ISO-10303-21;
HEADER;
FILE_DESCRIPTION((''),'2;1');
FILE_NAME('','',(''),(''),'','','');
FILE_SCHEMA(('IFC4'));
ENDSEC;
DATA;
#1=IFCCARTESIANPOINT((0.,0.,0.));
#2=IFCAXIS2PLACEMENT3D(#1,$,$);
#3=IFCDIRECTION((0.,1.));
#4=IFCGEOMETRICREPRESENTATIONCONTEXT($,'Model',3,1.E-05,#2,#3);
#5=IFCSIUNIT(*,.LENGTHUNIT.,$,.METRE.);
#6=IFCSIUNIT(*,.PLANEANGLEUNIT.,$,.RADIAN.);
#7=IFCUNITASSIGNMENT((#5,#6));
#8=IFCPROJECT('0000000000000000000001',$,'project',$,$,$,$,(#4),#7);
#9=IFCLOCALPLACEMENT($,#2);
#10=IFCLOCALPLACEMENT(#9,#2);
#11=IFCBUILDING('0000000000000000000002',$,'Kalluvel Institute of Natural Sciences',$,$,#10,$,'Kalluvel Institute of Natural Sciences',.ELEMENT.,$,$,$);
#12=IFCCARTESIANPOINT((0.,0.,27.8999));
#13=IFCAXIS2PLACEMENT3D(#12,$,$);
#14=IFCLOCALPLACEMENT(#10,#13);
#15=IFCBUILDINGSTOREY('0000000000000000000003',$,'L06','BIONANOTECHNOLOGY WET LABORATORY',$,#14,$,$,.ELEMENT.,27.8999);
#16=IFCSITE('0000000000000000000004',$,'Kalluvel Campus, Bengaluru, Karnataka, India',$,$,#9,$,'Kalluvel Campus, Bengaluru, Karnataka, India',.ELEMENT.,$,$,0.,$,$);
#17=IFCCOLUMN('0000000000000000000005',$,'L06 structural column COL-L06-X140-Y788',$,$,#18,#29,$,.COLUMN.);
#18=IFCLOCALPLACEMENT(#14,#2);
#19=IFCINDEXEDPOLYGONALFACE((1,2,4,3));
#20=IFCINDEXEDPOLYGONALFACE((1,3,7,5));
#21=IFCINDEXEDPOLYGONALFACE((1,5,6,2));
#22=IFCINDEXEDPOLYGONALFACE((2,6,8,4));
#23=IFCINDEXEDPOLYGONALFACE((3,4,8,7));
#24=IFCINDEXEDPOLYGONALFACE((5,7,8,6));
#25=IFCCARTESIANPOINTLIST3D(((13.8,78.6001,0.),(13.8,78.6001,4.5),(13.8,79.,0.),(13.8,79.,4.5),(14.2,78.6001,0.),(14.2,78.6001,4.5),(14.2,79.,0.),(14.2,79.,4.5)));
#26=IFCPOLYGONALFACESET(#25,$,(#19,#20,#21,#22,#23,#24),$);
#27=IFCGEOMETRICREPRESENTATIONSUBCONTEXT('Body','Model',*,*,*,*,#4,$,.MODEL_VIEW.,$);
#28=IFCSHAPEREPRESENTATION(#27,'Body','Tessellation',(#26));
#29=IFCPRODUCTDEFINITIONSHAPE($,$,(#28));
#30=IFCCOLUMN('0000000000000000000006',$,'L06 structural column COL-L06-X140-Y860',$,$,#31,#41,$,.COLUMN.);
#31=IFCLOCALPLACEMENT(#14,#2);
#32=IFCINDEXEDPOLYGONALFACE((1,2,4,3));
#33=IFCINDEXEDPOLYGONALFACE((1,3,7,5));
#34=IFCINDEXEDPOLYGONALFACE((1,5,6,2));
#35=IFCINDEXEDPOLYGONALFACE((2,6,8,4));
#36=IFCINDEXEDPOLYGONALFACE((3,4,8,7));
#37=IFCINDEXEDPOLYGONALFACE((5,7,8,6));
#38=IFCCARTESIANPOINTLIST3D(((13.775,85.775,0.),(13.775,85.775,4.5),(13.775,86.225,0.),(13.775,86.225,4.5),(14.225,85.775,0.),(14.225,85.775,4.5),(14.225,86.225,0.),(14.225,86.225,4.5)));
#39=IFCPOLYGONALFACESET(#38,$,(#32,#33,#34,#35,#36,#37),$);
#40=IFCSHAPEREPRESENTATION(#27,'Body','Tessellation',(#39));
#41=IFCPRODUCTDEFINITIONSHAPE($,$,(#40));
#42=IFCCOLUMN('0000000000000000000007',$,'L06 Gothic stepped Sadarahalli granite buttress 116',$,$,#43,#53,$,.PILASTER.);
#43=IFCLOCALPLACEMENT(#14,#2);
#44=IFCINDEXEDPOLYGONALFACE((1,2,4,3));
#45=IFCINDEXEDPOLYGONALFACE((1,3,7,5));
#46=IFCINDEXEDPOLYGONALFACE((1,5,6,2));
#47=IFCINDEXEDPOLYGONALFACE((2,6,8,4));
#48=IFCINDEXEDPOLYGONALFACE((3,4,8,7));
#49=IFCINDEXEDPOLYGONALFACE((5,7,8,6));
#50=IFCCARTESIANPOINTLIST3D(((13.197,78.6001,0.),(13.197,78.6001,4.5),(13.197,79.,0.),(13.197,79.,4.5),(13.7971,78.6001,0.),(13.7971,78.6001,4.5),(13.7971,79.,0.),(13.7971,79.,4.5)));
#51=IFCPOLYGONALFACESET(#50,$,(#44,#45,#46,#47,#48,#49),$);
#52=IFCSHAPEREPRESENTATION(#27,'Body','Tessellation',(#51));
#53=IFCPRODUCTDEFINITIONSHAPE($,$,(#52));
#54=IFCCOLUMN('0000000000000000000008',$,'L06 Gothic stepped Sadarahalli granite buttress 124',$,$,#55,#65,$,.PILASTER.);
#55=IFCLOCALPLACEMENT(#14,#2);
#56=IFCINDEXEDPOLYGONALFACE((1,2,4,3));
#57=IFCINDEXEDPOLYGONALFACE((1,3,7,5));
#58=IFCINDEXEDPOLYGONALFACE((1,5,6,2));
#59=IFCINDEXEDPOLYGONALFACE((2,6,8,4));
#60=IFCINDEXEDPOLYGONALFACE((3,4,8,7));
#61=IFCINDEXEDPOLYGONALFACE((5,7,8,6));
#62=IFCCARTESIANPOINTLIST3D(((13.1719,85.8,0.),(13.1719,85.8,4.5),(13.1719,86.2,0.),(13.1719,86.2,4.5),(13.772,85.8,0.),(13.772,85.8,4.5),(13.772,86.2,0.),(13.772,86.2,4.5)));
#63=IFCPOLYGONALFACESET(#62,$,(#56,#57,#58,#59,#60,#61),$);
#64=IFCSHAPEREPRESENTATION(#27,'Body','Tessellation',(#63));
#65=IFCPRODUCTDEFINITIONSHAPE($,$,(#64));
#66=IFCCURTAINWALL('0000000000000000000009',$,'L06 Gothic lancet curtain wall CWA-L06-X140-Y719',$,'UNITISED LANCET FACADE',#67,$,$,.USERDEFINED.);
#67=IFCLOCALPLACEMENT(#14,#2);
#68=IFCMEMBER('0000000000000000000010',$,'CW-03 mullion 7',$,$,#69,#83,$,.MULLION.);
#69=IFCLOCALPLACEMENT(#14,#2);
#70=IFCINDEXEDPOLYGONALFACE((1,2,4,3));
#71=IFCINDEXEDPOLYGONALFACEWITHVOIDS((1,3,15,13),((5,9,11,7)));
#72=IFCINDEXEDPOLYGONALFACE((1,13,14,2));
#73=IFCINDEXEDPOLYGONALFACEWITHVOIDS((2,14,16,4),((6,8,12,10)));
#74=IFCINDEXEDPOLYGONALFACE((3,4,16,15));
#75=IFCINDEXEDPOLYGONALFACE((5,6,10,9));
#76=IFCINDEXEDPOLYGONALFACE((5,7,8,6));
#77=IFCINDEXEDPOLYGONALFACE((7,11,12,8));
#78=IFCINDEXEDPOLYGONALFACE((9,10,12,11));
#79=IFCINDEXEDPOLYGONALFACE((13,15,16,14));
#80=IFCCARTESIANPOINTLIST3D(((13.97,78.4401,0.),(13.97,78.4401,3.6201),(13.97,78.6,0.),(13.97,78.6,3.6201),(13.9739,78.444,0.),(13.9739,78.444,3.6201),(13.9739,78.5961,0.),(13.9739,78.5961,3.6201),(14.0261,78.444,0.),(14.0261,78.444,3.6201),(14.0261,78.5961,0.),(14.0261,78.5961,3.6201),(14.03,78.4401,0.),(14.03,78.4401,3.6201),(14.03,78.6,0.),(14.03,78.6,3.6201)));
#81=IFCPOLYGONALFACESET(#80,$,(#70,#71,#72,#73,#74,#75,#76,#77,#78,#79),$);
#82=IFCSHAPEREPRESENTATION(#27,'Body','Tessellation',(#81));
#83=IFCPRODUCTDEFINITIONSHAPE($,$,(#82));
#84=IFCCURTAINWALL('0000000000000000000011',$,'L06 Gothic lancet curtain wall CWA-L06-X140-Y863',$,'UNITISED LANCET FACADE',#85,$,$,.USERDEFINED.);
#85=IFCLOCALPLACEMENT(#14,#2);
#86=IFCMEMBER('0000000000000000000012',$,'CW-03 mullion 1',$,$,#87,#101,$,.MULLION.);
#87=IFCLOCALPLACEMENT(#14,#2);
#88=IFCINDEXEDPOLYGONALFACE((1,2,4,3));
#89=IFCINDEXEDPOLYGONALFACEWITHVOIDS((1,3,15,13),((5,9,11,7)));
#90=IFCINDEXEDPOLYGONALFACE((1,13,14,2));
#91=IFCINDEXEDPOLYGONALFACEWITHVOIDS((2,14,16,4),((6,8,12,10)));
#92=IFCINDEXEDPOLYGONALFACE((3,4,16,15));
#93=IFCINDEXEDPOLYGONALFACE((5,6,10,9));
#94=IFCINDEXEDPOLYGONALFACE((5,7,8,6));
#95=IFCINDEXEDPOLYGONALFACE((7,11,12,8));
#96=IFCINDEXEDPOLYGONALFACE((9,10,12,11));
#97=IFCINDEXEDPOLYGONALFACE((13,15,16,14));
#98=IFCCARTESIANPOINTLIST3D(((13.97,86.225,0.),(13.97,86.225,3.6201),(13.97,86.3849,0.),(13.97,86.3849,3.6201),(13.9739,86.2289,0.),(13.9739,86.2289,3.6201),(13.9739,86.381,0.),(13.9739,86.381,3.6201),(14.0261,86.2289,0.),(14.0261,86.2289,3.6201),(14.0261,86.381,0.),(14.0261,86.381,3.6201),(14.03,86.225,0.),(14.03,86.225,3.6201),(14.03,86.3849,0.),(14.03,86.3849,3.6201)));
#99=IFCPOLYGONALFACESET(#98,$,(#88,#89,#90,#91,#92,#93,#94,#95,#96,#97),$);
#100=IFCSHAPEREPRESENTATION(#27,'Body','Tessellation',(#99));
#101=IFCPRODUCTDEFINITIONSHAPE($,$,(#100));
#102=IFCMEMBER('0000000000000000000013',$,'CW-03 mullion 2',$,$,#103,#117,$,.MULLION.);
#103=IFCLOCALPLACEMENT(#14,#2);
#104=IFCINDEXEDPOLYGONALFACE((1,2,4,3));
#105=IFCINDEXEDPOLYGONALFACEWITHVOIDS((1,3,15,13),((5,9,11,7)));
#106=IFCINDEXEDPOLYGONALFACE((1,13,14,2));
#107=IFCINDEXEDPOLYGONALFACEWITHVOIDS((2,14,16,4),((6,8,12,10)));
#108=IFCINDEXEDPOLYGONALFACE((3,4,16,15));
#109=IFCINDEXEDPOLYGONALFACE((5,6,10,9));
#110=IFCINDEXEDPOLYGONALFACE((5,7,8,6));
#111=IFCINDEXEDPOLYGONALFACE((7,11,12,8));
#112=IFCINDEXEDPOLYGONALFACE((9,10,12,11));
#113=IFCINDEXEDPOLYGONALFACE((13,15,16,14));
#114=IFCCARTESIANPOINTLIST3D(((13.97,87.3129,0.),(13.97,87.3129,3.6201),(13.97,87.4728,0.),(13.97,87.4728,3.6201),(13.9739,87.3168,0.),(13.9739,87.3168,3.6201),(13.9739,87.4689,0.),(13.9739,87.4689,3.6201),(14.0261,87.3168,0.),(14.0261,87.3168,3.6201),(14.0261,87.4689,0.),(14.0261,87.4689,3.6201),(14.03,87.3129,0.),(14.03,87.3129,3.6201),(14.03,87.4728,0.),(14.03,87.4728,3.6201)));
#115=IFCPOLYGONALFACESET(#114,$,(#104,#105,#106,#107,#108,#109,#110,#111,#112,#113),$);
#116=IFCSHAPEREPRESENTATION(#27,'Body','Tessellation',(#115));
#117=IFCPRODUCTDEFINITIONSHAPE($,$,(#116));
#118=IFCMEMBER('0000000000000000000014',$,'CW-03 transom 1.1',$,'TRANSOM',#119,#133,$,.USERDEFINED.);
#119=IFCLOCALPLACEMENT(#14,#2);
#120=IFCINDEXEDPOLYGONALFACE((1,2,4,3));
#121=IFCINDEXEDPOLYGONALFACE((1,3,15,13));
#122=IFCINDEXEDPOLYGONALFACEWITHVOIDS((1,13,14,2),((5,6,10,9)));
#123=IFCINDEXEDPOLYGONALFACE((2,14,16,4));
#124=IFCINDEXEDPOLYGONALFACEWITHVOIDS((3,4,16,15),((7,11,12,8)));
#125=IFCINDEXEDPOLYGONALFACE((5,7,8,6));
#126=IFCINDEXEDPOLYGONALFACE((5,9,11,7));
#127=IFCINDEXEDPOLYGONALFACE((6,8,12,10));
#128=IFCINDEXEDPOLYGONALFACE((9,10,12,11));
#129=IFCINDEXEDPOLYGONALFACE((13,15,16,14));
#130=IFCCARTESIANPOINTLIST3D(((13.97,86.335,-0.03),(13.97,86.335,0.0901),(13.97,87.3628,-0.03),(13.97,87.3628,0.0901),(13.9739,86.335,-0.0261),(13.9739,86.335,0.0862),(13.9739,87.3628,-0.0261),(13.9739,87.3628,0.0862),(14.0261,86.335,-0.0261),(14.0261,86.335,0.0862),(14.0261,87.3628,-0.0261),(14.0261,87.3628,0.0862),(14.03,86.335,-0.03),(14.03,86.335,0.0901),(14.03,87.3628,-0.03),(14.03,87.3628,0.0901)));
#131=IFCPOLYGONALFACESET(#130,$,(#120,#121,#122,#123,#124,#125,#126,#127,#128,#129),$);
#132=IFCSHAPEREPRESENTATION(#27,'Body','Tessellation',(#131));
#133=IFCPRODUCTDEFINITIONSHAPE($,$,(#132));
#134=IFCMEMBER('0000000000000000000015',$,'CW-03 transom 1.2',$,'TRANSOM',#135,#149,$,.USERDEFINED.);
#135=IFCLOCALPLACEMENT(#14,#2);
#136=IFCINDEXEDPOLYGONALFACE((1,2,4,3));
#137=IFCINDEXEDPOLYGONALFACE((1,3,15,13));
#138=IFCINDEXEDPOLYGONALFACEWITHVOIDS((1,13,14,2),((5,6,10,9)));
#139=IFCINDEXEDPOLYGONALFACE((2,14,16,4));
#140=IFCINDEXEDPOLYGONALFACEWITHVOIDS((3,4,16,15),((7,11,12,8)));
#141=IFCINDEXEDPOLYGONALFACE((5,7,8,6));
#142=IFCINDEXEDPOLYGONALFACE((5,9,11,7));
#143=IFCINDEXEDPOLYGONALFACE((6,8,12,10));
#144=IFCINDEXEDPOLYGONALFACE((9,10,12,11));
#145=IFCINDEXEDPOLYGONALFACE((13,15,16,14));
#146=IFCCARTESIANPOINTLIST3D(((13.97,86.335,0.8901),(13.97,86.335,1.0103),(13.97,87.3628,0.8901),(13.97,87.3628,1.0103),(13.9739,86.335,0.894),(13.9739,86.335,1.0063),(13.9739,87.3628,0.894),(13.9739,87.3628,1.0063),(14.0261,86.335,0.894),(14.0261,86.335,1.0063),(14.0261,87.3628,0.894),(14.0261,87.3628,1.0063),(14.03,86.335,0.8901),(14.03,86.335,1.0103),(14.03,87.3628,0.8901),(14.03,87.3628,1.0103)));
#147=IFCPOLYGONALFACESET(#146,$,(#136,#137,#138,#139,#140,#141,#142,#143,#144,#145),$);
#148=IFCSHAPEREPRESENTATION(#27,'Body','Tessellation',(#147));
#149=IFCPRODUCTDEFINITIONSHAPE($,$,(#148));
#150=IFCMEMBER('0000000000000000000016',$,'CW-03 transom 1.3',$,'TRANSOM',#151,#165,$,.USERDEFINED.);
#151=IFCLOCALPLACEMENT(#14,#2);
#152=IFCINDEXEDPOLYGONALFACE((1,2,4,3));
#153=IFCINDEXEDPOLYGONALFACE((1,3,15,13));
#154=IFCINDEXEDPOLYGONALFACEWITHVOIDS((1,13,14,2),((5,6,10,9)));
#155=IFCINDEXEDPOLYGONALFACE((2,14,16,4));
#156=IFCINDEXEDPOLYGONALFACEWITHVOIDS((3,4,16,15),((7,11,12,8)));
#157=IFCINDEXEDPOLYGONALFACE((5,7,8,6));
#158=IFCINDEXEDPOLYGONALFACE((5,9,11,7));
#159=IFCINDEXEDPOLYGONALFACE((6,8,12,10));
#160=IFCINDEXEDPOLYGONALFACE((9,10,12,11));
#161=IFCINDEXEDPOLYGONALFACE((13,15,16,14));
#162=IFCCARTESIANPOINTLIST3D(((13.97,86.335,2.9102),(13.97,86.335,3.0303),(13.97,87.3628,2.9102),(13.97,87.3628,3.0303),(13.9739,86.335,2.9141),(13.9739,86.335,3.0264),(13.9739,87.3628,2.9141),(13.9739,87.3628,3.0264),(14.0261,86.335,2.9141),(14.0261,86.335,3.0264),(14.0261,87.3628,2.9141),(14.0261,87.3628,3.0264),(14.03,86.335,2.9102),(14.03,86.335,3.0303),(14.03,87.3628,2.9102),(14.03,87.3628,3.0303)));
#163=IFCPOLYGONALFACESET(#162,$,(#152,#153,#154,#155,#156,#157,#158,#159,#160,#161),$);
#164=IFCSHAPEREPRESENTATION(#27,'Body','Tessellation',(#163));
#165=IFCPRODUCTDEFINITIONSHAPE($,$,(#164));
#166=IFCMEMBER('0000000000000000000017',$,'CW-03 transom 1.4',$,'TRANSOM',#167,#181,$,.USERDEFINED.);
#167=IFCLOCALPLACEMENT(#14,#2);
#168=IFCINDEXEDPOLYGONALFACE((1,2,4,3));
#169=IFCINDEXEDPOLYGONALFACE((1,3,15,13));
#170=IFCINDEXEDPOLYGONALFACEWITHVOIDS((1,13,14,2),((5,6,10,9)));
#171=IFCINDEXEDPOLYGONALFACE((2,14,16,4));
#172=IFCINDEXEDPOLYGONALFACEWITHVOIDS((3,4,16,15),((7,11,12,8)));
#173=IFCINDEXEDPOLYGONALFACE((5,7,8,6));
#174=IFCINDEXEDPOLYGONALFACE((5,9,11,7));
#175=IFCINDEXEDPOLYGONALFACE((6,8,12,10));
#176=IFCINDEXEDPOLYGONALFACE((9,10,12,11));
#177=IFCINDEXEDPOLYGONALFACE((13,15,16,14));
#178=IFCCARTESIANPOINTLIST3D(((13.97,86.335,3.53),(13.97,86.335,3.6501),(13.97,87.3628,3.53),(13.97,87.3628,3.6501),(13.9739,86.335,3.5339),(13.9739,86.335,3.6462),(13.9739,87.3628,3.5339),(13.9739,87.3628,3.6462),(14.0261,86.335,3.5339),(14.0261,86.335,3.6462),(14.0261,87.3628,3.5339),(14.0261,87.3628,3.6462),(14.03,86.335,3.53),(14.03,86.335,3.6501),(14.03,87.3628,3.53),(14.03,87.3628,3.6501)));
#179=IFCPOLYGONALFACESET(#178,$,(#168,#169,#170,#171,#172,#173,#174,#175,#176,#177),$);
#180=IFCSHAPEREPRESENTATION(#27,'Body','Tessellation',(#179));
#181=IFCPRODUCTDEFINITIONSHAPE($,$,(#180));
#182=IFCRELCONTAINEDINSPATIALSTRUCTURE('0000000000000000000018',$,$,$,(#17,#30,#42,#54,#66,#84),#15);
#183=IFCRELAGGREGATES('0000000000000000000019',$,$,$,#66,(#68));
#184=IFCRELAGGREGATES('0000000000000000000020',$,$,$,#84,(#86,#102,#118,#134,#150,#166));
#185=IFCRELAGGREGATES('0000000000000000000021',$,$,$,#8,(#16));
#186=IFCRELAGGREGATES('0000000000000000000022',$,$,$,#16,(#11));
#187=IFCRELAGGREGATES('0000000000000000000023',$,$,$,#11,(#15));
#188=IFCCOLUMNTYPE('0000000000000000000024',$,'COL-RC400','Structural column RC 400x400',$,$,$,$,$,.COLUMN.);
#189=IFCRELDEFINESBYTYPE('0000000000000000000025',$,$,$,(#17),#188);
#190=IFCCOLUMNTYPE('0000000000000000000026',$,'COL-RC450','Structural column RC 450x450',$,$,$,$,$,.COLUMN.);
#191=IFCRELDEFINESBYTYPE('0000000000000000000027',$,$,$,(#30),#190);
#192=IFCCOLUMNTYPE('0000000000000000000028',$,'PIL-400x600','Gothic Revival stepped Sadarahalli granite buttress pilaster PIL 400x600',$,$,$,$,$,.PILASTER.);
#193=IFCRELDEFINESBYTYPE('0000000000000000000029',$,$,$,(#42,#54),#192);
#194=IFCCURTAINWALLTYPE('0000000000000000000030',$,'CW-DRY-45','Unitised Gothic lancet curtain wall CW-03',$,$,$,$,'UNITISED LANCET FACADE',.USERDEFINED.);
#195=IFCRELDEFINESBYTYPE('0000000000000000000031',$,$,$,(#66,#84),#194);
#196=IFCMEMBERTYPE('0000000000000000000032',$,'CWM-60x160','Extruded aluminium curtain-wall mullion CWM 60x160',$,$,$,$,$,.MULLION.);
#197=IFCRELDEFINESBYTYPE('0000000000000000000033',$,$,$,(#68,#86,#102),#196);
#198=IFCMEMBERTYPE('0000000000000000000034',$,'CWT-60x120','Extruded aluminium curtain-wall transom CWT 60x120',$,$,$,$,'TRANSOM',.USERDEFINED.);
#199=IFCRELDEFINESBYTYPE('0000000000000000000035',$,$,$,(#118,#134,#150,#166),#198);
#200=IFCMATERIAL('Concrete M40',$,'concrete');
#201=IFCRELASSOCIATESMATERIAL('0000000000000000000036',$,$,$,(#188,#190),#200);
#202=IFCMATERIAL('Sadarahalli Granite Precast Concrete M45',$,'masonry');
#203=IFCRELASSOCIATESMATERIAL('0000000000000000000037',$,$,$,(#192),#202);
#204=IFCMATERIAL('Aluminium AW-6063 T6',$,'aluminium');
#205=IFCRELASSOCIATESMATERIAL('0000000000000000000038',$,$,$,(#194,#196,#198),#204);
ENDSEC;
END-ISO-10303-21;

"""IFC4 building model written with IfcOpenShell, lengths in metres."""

from ifc_helpers import new_model, si_unit, direction, frame, origin, origin_2d, place, context, subcontext, project, spatial, rectangle, hollow_rectangle, extrude, material, material_profile, profile_set, type_object, element, aggregate, save


model = new_model("IFC4")

# Units and contexts
model_context = context("Model", 3, precision=1e-05, world=origin(), true_north=direction((0.0, 1.0)))
body_context = subcontext(model_context, "Body", "Model", "MODEL_VIEW")
ifc_project = project(units=[si_unit("LENGTHUNIT", "METRE"), si_unit("PLANEANGLEUNIT", "RADIAN")], contexts=[model_context])

# Site, building, storey
site_placement = place(None, origin())
site = spatial("IfcSite", under=ifc_project, at=site_placement, Name="Kalluvel Campus, Bengaluru, Karnataka, India", LongName="Kalluvel Campus, Bengaluru, Karnataka, India", CompositionType="ELEMENT", RefElevation=0.0)
building_placement = place(site_placement, origin())
building = spatial("IfcBuilding", under=site, at=building_placement, Name="Kalluvel Institute of Natural Sciences", LongName="Kalluvel Institute of Natural Sciences", CompositionType="ELEMENT")
storey_placement = place(building_placement, frame((0.0, 0.0, 27.8999)))
storey = spatial("IfcBuildingStorey", under=building, at=storey_placement, Name="L06", Description="BIONANOTECHNOLOGY WET LABORATORY", CompositionType="ELEMENT", Elevation=27.8999)

# Columns
ifc_material_1 = material(Name="Concrete M40", Category="concrete")
ifc_material_profile_1 = material_profile(ifc_material_1, rectangle(XDim=0.3999, YDim=0.3999, at=origin_2d()), Name="RC 400x400")
ifc_profile_set_1 = profile_set([ifc_material_profile_1], Name="Concrete M40")
column_type_1 = type_object("IfcColumnType", Name="COL-RC400", Description="Structural column RC 400x400", PredefinedType="COLUMN", material=ifc_profile_set_1)
column_1_placement = place(storey_placement, frame((14.0, 78.8, 0.0), z_axis=(0.0, 0.0, 1.0), x_axis=(1.0, 0.0, 0.0)))
element("IfcColumn", 1, at=column_1_placement, inside=storey, type_object=column_type_1, Name="L06 structural column COL-L06-X140-Y788", PredefinedType="COLUMN", context=body_context, shape_type="SweptSolid", body=[
    extrude(rectangle(XDim=0.3999, YDim=0.3999, at=origin_2d()), origin(), (0.0, 0.0, 1.0), 4.5),
])
ifc_material_profile_2 = material_profile(ifc_material_1, rectangle(XDim=0.45, YDim=0.45, at=origin_2d()), Name="RC 450x450")
ifc_profile_set_2 = profile_set([ifc_material_profile_2], Name="Concrete M40")
column_type_2 = type_object("IfcColumnType", Name="COL-RC450", Description="Structural column RC 450x450", PredefinedType="COLUMN", material=ifc_profile_set_2)
column_2_placement = place(storey_placement, frame((14.0, 86.0, 0.0), z_axis=(0.0, 0.0, 1.0), x_axis=(1.0, 0.0, 0.0)))
element("IfcColumn", 2, at=column_2_placement, inside=storey, type_object=column_type_2, Name="L06 structural column COL-L06-X140-Y860", PredefinedType="COLUMN", context=body_context, shape_type="SweptSolid", body=[
    extrude(rectangle(XDim=0.45, YDim=0.45, at=origin_2d()), origin(), (0.0, 0.0, 1.0), 4.5),
])
ifc_material_2 = material(Name="Sadarahalli Granite Precast Concrete M45", Category="masonry")
ifc_material_profile_3 = material_profile(ifc_material_2, rectangle(XDim=0.3999, YDim=0.6001, at=origin_2d()), Name="PIL 400x600")
ifc_profile_set_3 = profile_set([ifc_material_profile_3], Name="Sadarahalli Granite Precast Concrete M45")
column_type_3 = type_object("IfcColumnType", Name="PIL-400x600", Description="Gothic Revival stepped Sadarahalli granite buttress pilaster PIL 400x600", PredefinedType="PILASTER", material=ifc_profile_set_3)
for number, where, z_axis, x_axis, name in (
    (3, (13.4971, 78.8, 0.0), (0.0, 0.0, 1.0), (0.0, 1.0, 0.0), "L06 Gothic stepped Sadarahalli granite buttress 116"),
    (4, (13.4719, 86.0, 0.0), (0.0, 0.0, 1.0), (0.0, 1.0, 0.0), "L06 Gothic stepped Sadarahalli granite buttress 124"),
):
    element("IfcColumn", number, at=place(storey_placement, frame(where, z_axis=z_axis, x_axis=x_axis)), inside=storey, type_object=column_type_3, Name=name, PredefinedType="PILASTER", context=body_context, shape_type="SweptSolid", body=[
        extrude(rectangle(XDim=0.3999, YDim=0.6001, at=origin_2d()), origin(), (0.0, 0.0, 1.0), 4.5),
    ])

# Curtain wall, member
ifc_material_3 = material(Name="Aluminium AW-6063 T6", Category="aluminium")
curtain_wall_type = type_object("IfcCurtainWallType", Name="CW-DRY-45", Description="Unitised Gothic lancet curtain wall CW-03", ElementType="UNITISED LANCET FACADE", PredefinedType="USERDEFINED", material=ifc_material_3)
curtain_wall_1_placement = place(storey_placement, origin())
curtain_wall_1 = element("IfcCurtainWall", 5, at=curtain_wall_1_placement, inside=storey, type_object=curtain_wall_type, Name="L06 Gothic lancet curtain wall CWA-L06-X140-Y719", ObjectType="UNITISED LANCET FACADE", PredefinedType="USERDEFINED")
ifc_material_profile_4 = material_profile(ifc_material_3, hollow_rectangle(XDim=0.0601, YDim=0.1599, WallThickness=0.0039, at=origin_2d()), Name="CWM 60x160")
ifc_profile_set_4 = profile_set([ifc_material_profile_4], Name="Aluminium AW-6063 T6")
member_type_1 = type_object("IfcMemberType", Name="CWM-60x160", Description="Extruded aluminium curtain-wall mullion CWM 60x160", PredefinedType="MULLION", material=ifc_profile_set_4)
member_1_placement = place(storey_placement, frame((14.0, 78.52, 0.0), z_axis=(0.0, 0.0, 1.0), x_axis=(-1.0, 0.0, 0.0)))
member_1 = element("IfcMember", 6, at=member_1_placement, type_object=member_type_1, Name="CW-03 mullion 7", PredefinedType="MULLION", context=body_context, shape_type="SweptSolid", body=[
    extrude(hollow_rectangle(XDim=0.0601, YDim=0.1599, WallThickness=0.0039, at=origin_2d()), origin(), (0.0, 0.0, 1.0), 3.6201),
])

# Curtain wall, members
curtain_wall_2_placement = place(storey_placement, origin())
curtain_wall_2 = element("IfcCurtainWall", 7, at=curtain_wall_2_placement, inside=storey, type_object=curtain_wall_type, Name="L06 Gothic lancet curtain wall CWA-L06-X140-Y863", ObjectType="UNITISED LANCET FACADE", PredefinedType="USERDEFINED")
member_2_placement = place(storey_placement, frame((14.0, 86.3049, 0.0), z_axis=(0.0, 0.0, 1.0), x_axis=(-1.0, 0.0, 0.0)))
member_2 = element("IfcMember", 8, at=member_2_placement, type_object=member_type_1, Name="CW-03 mullion 1", PredefinedType="MULLION", context=body_context, shape_type="SweptSolid", body=[
    extrude(hollow_rectangle(XDim=0.0601, YDim=0.1599, WallThickness=0.0039, at=origin_2d()), origin(), (0.0, 0.0, 1.0), 3.6201),
])
member_3_placement = place(storey_placement, frame((14.0, 87.3928, 0.0), z_axis=(0.0, 0.0, 1.0), x_axis=(-1.0, 0.0, 0.0)))
member_3 = element("IfcMember", 9, at=member_3_placement, type_object=member_type_1, Name="CW-03 mullion 2", PredefinedType="MULLION", context=body_context, shape_type="SweptSolid", body=[
    extrude(hollow_rectangle(XDim=0.0601, YDim=0.1599, WallThickness=0.0039, at=origin_2d()), origin(), (0.0, 0.0, 1.0), 3.6201),
])
ifc_material_profile_5 = material_profile(ifc_material_3, hollow_rectangle(XDim=0.0601, YDim=0.1201, WallThickness=0.0039, at=origin_2d()), Name="CWT 60x120")
ifc_profile_set_5 = profile_set([ifc_material_profile_5], Name="Aluminium AW-6063 T6")
member_type_2 = type_object("IfcMemberType", Name="CWT-60x120", Description="Extruded aluminium curtain-wall transom CWT 60x120", ElementType="TRANSOM", PredefinedType="USERDEFINED", material=ifc_profile_set_5)
member_4_placement = place(storey_placement, frame((14.0, 86.335, 0.03), z_axis=(0.0, 1.0, 0.0), x_axis=(-1.0, 0.0, 0.0)))
member_4 = element("IfcMember", 10, at=member_4_placement, type_object=member_type_2, Name="CW-03 transom 1.1", ObjectType="TRANSOM", PredefinedType="USERDEFINED", context=body_context, shape_type="SweptSolid", body=[
    extrude(hollow_rectangle(XDim=0.0601, YDim=0.1201, WallThickness=0.0039, at=origin_2d()), origin(), (0.0, 0.0, 1.0), 1.0278),
])
member_5_placement = place(storey_placement, frame((14.0, 86.335, 0.9502), z_axis=(0.0, 1.0, 0.0), x_axis=(-1.0, 0.0, 0.0)))
member_5 = element("IfcMember", 11, at=member_5_placement, type_object=member_type_2, Name="CW-03 transom 1.2", ObjectType="TRANSOM", PredefinedType="USERDEFINED", context=body_context, shape_type="SweptSolid", body=[
    extrude(hollow_rectangle(XDim=0.0601, YDim=0.1201, WallThickness=0.0039, at=origin_2d()), origin(), (0.0, 0.0, 1.0), 1.0278),
])
member_6_placement = place(storey_placement, frame((14.0, 86.335, 2.9702), z_axis=(0.0, 1.0, 0.0), x_axis=(-1.0, 0.0, 0.0)))
member_6 = element("IfcMember", 12, at=member_6_placement, type_object=member_type_2, Name="CW-03 transom 1.3", ObjectType="TRANSOM", PredefinedType="USERDEFINED", context=body_context, shape_type="SweptSolid", body=[
    extrude(hollow_rectangle(XDim=0.0601, YDim=0.1201, WallThickness=0.0039, at=origin_2d()), origin(), (0.0, 0.0, 1.0), 1.0278),
])
member_7_placement = place(storey_placement, frame((14.0, 86.335, 3.5901), z_axis=(0.0, 1.0, 0.0), x_axis=(-1.0, 0.0, 0.0)))
member_7 = element("IfcMember", 13, at=member_7_placement, type_object=member_type_2, Name="CW-03 transom 1.4", ObjectType="TRANSOM", PredefinedType="USERDEFINED", context=body_context, shape_type="SweptSolid", body=[
    extrude(hollow_rectangle(XDim=0.0601, YDim=0.1201, WallThickness=0.0039, at=origin_2d()), origin(), (0.0, 0.0, 1.0), 1.0278),
])

aggregate(curtain_wall_1, [member_1])
aggregate(curtain_wall_2, [member_2, member_3, member_4, member_5, member_6, member_7])

save(model, "model.ifc")
